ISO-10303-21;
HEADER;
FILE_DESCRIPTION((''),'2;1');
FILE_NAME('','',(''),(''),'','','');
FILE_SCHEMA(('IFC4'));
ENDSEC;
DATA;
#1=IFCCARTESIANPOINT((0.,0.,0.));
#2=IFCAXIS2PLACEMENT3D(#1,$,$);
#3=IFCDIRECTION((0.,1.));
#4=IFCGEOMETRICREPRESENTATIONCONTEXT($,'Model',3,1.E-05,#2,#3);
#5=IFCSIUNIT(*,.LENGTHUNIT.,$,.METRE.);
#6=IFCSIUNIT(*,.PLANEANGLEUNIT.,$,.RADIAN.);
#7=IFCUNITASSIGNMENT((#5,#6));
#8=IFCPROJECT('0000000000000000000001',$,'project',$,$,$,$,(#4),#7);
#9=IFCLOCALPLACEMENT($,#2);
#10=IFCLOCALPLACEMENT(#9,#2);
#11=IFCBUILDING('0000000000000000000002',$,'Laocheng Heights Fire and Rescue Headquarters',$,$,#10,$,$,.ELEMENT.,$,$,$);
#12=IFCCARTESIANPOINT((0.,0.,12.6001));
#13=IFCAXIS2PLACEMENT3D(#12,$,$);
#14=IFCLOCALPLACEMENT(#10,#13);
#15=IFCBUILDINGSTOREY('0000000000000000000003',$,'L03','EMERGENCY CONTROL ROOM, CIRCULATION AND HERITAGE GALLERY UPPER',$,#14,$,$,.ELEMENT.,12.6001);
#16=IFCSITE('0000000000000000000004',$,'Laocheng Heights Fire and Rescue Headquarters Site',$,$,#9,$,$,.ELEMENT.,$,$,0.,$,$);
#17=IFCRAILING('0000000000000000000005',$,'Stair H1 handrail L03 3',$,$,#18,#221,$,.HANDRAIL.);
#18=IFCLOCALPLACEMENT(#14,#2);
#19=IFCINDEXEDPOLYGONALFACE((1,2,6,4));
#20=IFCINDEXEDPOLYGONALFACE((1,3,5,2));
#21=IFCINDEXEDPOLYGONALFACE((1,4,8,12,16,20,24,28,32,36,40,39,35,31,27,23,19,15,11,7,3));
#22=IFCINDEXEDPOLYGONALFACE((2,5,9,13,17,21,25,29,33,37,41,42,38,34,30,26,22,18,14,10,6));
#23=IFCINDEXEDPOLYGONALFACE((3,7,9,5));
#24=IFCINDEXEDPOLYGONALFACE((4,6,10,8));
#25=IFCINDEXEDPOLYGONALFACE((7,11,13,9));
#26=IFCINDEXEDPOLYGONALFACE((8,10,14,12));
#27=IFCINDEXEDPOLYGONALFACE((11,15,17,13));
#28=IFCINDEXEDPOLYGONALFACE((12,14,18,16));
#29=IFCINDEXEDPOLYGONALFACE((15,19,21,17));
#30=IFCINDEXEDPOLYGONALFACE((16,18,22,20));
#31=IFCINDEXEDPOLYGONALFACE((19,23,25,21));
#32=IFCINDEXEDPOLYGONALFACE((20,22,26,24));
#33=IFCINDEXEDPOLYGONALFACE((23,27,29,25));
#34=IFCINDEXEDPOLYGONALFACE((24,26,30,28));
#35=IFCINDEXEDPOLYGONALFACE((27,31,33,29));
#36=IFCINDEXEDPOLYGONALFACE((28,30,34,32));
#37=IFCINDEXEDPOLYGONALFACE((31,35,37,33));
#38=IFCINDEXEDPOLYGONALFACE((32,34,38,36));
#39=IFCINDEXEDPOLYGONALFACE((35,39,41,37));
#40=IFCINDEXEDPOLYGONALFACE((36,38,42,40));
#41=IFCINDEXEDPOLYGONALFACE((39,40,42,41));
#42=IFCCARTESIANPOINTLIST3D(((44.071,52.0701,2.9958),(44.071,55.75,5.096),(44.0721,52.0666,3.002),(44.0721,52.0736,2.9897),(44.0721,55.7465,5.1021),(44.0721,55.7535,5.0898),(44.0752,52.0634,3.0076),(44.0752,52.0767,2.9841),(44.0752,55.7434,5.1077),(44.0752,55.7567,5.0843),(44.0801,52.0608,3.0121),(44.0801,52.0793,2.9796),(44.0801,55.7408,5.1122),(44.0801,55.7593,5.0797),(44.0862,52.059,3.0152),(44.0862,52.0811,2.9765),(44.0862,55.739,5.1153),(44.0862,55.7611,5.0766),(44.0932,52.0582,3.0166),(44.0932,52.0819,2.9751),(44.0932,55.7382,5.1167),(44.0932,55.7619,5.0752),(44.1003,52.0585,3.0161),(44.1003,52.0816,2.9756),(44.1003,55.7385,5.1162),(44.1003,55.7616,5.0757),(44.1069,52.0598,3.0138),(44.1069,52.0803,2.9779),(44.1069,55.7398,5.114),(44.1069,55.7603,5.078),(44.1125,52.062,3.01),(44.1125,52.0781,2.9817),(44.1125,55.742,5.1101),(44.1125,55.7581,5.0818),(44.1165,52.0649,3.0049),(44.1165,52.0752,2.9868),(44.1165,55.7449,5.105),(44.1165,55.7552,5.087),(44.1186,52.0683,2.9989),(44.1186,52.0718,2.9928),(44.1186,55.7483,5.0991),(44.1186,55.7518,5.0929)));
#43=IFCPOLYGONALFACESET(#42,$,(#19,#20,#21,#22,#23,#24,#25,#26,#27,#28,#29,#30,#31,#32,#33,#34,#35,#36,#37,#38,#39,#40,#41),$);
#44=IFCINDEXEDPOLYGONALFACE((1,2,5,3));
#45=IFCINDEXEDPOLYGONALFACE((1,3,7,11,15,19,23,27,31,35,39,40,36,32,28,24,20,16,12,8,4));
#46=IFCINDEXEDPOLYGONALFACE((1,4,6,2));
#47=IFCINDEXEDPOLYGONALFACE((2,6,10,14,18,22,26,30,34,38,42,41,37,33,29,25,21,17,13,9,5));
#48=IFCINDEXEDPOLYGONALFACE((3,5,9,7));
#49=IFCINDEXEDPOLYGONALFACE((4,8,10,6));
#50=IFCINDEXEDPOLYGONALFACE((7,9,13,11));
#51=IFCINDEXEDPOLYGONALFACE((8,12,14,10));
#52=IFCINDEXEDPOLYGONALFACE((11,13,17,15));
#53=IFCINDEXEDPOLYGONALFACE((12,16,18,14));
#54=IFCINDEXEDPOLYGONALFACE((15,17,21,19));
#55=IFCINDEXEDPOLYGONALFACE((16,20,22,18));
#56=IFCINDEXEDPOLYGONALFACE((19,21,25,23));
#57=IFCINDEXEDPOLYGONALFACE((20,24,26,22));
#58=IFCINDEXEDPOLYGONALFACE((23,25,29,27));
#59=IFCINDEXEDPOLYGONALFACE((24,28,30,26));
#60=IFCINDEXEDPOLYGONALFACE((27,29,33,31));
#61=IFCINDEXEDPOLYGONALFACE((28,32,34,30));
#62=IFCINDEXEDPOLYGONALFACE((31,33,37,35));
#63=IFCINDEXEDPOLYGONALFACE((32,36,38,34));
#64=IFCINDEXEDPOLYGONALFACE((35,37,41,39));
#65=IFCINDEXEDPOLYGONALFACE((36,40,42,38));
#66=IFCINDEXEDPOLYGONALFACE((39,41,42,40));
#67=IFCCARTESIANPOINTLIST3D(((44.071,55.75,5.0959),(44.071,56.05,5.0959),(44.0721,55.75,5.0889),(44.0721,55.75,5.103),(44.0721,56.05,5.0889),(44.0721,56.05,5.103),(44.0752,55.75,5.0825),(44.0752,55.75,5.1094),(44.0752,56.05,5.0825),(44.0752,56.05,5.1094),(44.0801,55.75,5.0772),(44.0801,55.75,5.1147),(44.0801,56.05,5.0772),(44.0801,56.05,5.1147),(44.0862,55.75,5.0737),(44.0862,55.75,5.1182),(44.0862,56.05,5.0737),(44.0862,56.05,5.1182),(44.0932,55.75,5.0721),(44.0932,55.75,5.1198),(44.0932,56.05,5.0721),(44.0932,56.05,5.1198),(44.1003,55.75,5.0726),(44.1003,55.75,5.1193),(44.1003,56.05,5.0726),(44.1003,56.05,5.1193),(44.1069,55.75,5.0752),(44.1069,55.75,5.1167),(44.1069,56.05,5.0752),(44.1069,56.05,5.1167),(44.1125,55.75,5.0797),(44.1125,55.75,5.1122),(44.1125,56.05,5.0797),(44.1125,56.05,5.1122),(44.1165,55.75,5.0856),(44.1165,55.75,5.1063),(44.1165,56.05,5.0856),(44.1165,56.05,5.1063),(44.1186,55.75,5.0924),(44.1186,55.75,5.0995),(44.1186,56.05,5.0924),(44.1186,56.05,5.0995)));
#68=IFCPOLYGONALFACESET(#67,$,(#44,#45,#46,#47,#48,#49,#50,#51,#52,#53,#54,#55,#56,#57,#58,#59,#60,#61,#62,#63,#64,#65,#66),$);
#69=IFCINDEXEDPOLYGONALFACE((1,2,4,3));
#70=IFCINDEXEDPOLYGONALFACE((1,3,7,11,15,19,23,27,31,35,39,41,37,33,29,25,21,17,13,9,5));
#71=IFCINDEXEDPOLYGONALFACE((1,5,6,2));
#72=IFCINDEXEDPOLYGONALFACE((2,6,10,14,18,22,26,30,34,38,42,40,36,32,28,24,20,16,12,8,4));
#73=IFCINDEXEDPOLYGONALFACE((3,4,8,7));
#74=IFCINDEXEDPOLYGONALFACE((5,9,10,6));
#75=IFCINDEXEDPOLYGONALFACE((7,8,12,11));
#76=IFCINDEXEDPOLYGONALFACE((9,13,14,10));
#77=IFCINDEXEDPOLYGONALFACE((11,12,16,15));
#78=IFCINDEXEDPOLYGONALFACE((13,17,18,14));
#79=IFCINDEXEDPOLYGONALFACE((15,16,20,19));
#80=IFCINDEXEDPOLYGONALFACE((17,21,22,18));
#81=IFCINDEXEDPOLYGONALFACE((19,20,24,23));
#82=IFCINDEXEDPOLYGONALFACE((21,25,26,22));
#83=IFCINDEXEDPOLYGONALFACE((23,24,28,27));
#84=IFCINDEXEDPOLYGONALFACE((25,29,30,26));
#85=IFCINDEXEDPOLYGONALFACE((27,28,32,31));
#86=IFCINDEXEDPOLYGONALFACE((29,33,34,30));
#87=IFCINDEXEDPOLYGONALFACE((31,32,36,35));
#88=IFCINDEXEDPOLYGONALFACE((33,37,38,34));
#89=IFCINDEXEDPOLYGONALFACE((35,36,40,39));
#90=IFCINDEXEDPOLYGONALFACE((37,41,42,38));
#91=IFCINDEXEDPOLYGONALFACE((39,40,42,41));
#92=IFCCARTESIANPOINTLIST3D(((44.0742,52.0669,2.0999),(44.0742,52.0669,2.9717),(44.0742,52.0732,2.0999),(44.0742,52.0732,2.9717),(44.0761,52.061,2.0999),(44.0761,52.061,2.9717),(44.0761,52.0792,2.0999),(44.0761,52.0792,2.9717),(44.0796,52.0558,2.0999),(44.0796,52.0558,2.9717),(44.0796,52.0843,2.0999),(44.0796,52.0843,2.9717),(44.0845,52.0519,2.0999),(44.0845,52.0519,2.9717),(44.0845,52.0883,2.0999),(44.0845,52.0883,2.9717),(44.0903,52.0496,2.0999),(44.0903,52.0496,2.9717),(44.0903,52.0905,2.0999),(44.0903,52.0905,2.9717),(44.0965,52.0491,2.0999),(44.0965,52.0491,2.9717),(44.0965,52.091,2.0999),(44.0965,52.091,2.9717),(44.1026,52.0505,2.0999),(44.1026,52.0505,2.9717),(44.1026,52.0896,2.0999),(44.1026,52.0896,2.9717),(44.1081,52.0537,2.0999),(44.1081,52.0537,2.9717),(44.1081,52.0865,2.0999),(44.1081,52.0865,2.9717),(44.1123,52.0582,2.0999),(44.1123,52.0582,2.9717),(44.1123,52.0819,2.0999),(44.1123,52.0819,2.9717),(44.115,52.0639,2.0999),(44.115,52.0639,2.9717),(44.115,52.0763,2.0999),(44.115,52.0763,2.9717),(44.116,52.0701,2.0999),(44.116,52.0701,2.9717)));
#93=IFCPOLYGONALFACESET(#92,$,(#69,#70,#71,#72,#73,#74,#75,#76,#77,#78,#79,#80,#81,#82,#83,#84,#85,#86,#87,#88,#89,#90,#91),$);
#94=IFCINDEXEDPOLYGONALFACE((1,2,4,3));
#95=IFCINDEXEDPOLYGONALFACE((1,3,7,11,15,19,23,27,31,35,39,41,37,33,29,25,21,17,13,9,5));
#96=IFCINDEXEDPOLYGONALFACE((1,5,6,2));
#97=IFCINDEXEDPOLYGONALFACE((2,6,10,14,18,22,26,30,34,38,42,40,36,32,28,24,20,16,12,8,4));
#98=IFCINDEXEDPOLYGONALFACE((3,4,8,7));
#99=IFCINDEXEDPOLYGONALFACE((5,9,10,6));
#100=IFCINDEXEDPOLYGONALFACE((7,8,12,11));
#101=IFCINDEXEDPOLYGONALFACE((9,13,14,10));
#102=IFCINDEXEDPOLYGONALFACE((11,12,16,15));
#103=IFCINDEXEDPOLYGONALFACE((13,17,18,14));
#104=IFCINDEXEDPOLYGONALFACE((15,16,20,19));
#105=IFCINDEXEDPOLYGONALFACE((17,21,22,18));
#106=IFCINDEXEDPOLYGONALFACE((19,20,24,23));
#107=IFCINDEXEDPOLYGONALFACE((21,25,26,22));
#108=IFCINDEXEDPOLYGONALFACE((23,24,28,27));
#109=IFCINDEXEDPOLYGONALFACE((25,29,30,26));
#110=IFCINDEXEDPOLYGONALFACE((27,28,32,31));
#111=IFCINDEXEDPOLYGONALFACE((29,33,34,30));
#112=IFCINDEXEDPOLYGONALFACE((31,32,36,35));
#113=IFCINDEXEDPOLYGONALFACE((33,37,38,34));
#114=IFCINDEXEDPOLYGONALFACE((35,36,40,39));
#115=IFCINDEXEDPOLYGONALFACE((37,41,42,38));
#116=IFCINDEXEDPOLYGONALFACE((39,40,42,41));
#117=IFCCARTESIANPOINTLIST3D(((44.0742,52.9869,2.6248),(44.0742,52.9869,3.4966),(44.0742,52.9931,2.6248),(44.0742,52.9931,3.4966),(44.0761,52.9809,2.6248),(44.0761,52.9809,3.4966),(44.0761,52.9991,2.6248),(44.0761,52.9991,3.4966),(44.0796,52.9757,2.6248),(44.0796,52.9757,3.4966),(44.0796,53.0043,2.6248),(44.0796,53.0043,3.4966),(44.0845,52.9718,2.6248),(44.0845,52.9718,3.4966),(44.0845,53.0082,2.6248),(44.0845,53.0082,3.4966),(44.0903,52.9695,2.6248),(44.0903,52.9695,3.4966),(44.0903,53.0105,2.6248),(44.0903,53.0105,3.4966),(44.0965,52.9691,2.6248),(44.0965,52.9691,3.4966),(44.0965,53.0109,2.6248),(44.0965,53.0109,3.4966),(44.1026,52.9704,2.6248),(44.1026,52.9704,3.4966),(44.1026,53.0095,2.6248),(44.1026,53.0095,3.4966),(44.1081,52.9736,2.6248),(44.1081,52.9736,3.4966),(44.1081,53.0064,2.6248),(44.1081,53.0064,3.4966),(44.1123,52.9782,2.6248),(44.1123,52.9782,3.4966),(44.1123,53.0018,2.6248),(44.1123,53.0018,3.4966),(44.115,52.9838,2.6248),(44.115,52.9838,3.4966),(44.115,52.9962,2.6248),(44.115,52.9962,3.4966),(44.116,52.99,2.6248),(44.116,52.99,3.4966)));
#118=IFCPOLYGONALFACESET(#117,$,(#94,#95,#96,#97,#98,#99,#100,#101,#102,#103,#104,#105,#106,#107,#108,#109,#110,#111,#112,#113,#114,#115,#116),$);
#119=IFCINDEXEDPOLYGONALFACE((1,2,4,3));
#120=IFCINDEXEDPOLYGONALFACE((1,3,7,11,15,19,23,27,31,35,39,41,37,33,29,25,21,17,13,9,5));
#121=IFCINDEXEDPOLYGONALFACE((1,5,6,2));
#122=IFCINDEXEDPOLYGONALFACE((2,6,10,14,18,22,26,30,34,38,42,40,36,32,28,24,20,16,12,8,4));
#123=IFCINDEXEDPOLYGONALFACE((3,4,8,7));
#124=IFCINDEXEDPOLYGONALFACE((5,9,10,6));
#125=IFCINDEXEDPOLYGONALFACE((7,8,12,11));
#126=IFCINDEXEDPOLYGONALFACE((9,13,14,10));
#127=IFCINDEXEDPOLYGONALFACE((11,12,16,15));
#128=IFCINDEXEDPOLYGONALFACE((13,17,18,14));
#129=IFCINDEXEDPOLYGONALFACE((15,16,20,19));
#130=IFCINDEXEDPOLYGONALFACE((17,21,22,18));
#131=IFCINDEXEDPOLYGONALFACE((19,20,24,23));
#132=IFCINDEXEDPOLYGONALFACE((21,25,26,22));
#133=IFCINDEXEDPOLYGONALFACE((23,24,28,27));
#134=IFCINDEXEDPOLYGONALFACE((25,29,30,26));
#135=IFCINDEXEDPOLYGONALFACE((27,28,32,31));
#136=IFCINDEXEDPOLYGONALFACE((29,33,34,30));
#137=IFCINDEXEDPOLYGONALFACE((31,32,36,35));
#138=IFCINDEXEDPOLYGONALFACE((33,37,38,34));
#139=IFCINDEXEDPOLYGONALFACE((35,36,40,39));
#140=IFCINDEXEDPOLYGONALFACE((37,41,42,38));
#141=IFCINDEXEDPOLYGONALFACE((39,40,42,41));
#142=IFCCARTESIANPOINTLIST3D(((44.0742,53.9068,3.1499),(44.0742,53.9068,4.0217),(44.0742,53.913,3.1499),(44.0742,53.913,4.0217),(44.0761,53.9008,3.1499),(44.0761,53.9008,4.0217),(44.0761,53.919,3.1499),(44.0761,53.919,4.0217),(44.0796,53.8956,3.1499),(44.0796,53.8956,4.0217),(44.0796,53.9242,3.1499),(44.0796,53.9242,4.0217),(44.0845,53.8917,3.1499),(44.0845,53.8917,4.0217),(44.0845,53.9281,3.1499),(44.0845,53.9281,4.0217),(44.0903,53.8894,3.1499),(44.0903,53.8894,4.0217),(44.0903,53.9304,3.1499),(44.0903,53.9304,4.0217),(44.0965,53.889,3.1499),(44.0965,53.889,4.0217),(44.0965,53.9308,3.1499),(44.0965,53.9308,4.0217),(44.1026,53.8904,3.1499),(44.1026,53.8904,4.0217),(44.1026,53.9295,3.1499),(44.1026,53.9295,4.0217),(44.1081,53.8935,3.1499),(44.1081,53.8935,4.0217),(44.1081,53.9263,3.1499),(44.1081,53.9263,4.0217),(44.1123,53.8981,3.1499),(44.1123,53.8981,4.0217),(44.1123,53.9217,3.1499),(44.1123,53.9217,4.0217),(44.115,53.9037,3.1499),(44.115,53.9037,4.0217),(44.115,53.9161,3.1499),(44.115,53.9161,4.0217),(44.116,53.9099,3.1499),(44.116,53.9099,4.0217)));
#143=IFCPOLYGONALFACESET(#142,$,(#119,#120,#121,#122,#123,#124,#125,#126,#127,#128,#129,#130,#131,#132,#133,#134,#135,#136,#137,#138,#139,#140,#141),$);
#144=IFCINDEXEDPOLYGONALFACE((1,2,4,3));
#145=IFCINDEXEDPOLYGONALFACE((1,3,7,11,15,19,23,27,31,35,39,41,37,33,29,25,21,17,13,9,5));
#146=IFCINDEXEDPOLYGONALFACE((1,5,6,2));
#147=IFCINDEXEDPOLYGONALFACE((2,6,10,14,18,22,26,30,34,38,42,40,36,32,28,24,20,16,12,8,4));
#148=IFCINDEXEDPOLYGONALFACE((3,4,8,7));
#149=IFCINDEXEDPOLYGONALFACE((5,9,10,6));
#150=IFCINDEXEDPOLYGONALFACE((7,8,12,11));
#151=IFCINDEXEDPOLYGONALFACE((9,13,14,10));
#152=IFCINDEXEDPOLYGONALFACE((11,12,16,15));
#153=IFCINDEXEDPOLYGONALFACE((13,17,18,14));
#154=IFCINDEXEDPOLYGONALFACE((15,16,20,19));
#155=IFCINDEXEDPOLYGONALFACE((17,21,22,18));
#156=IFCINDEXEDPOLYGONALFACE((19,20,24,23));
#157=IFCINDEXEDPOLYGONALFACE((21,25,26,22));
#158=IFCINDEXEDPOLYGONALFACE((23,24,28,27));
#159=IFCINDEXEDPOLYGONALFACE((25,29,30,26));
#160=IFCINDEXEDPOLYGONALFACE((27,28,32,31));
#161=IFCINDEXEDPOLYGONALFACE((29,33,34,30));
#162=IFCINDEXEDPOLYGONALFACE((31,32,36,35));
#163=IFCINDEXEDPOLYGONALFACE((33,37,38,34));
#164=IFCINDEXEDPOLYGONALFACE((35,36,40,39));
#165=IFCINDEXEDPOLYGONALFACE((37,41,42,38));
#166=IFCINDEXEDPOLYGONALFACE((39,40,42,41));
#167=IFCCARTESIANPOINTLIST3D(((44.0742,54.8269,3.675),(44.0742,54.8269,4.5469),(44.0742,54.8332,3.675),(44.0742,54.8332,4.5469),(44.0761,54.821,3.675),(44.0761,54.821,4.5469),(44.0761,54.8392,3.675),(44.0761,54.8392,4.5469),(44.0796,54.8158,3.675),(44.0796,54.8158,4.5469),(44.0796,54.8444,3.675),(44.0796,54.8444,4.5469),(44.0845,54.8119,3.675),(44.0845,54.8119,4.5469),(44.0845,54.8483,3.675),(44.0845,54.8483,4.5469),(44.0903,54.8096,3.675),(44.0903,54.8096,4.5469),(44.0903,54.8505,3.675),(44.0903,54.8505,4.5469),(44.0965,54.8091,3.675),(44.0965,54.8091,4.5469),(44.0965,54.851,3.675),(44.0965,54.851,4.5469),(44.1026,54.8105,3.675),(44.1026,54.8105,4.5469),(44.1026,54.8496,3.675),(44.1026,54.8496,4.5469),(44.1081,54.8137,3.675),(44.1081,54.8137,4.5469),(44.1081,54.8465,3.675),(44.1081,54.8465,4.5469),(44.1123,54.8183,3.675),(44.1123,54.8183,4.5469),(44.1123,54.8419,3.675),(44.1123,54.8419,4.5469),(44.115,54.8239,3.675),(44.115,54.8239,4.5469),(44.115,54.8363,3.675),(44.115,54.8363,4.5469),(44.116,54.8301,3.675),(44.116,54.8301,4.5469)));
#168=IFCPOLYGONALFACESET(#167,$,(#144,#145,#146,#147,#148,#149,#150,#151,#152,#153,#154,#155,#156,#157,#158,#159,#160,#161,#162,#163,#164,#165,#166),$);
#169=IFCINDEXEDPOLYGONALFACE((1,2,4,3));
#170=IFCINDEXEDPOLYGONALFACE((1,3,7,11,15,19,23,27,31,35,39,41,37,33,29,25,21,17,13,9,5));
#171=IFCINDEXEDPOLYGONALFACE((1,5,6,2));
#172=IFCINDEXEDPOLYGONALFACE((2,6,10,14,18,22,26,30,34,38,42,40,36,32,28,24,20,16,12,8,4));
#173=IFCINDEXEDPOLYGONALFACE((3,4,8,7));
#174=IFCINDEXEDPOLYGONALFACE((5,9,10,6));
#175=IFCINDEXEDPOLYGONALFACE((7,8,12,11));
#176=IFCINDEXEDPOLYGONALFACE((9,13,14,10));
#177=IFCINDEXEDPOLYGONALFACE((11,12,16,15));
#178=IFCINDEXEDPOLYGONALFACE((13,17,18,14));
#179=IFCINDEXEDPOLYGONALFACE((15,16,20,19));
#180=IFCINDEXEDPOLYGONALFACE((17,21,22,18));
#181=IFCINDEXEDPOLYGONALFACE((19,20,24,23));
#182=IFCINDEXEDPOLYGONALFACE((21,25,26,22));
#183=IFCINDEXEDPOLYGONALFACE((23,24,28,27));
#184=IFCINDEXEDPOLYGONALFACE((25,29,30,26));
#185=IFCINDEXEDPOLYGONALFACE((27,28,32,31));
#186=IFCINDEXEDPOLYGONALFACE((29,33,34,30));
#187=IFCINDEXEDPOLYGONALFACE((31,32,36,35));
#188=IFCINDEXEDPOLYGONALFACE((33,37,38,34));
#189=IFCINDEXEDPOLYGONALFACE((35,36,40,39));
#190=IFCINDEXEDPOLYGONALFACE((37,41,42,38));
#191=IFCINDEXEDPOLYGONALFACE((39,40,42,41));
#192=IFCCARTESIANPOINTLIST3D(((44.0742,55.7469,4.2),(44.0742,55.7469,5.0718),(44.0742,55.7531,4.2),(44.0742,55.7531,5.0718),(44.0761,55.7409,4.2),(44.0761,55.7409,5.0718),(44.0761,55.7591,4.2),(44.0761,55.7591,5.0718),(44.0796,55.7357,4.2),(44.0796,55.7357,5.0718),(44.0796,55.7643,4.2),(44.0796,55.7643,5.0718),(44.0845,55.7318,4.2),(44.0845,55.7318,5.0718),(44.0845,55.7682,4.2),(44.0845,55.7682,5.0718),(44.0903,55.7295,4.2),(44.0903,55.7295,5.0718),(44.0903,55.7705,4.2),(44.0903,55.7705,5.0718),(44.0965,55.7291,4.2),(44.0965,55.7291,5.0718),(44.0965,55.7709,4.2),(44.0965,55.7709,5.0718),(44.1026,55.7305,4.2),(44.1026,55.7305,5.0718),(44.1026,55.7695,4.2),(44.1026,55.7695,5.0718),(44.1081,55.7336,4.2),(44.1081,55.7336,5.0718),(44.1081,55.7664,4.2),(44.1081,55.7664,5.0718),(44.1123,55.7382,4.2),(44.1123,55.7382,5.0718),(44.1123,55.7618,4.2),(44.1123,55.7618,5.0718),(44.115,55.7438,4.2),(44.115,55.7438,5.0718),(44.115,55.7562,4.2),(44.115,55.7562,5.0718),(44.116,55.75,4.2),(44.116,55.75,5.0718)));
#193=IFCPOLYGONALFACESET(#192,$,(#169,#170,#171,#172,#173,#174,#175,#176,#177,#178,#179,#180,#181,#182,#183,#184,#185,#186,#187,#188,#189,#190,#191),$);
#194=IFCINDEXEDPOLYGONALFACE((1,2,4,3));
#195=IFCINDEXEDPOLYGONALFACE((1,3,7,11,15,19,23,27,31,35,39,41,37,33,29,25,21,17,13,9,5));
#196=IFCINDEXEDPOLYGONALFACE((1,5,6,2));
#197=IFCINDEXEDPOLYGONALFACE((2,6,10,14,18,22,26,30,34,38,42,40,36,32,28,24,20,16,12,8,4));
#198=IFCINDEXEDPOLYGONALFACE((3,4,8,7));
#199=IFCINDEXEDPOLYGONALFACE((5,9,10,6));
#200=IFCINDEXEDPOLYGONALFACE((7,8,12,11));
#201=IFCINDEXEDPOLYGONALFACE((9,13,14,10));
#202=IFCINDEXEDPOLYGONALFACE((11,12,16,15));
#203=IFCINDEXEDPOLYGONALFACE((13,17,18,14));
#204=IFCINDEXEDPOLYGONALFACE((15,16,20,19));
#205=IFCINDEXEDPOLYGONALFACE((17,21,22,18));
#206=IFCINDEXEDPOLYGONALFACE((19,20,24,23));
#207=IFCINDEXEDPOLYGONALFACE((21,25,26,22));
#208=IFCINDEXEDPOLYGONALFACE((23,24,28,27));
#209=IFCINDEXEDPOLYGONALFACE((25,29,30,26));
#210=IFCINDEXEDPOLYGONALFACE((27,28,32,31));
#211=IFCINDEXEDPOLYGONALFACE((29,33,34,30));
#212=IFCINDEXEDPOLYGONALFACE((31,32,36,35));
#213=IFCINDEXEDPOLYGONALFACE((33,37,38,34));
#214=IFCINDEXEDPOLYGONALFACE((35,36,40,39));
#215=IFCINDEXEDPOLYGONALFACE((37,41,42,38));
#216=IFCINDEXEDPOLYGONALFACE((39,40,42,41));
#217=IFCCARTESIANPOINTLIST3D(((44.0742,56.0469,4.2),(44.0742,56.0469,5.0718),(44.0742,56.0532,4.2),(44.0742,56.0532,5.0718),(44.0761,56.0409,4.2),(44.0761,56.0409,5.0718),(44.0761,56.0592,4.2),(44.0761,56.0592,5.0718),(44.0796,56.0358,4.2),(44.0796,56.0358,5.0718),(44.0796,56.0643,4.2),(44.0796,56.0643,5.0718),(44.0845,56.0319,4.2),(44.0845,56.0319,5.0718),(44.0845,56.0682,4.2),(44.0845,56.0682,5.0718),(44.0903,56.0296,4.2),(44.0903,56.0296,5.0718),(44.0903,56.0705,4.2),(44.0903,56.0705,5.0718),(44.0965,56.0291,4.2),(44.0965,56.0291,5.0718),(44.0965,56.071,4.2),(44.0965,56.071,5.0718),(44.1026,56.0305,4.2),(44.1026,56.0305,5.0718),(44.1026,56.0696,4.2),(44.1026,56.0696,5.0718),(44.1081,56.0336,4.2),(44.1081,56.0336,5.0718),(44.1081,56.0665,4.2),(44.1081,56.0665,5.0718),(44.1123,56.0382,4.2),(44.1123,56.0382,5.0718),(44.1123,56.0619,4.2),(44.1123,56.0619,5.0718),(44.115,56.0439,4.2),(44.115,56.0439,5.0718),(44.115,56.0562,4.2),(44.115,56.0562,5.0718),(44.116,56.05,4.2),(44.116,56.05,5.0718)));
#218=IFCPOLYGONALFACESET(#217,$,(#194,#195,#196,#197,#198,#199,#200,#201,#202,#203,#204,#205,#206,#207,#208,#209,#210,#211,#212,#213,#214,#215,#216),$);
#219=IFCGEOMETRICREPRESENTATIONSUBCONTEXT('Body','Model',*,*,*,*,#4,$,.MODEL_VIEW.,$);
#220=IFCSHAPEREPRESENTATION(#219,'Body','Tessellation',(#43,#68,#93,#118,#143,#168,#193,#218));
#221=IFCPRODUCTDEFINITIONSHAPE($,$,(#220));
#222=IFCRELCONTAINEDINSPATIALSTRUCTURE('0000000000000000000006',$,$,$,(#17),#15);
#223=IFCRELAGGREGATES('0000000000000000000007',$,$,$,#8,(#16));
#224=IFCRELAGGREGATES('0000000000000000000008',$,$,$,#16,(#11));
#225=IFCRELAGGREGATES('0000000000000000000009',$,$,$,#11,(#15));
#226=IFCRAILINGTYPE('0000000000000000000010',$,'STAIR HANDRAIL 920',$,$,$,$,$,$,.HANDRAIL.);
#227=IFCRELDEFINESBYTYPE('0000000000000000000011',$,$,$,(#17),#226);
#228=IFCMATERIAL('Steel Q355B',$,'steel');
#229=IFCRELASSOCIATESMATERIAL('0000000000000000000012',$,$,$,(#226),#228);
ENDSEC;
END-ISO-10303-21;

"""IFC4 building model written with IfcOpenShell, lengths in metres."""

from ifc_helpers import new_model, si_unit, direction, frame, origin, origin_2d, place, context, subcontext, project, spatial, circle, extrude, material, type_object, element, save


model = new_model("IFC4")

# Units and contexts
model_context = context("Model", 3, precision=1e-05, world=origin(), true_north=direction((0.0, 1.0)))
body_context = subcontext(model_context, "Body", "Model", "MODEL_VIEW")
ifc_project = project(units=[si_unit("LENGTHUNIT", "METRE"), si_unit("PLANEANGLEUNIT", "RADIAN")], contexts=[model_context])

# Site, building, storey
site_placement = place(None, origin())
site = spatial("IfcSite", under=ifc_project, at=site_placement, Name="Laocheng Heights Fire and Rescue Headquarters Site", CompositionType="ELEMENT", RefElevation=0.0)
building_placement = place(site_placement, origin())
building = spatial("IfcBuilding", under=site, at=building_placement, Name="Laocheng Heights Fire and Rescue Headquarters", CompositionType="ELEMENT")
storey_placement = place(building_placement, frame((0.0, 0.0, 12.6001)))
storey = spatial("IfcBuildingStorey", under=building, at=storey_placement, Name="L03", Description="EMERGENCY CONTROL ROOM, CIRCULATION AND HERITAGE GALLERY UPPER", CompositionType="ELEMENT", Elevation=12.6001)

# Railing
ifc_material_1 = material(Name="Steel Q355B", Category="steel")
railing_type_1 = type_object("IfcRailingType", Name="STAIR HANDRAIL 920", PredefinedType="HANDRAIL", material=ifc_material_1)
railing_1_placement = place(storey_placement, frame((44.095, 52.0701, 2.0999)))
element("IfcRailing", 1, at=railing_1_placement, inside=storey, type_object=railing_type_1, Name="Stair H1 handrail L03 3", PredefinedType="HANDRAIL", context=body_context, shape_type="SweptSolid", body=[
    extrude(circle(Radius=0.0239, at=origin_2d()), frame((0.0, 0.0, 0.896), z_axis=(0.0, 0.86852, 0.495655), x_axis=(-1.0, 0.0, 0.0)), (0.0, 0.0, 1.0), 4.2371),
    extrude(circle(Radius=0.0239, at=origin_2d()), frame((0.0, 3.6799, 2.9961), z_axis=(0.0, 1.0, 0.0), x_axis=(-1.0, 0.0, 0.0)), (0.0, 0.0, 1.0), 0.3),
    extrude(circle(Radius=0.021, at=origin_2d()), origin(), (0.0, 0.0, 1.0), 0.8718),
    extrude(circle(Radius=0.021, at=origin_2d()), frame((0.0, 0.9199, 0.5249)), (0.0, 0.0, 1.0), 0.8718),
    extrude(circle(Radius=0.021, at=origin_2d()), frame((0.0, 1.8398, 1.05)), (0.0, 0.0, 1.0), 0.8718),
    extrude(circle(Radius=0.021, at=origin_2d()), frame((0.0, 2.76, 1.5752)), (0.0, 0.0, 1.0), 0.8718),
    extrude(circle(Radius=0.021, at=origin_2d()), frame((0.0, 3.6799, 2.1001)), (0.0, 0.0, 1.0), 0.8718),
    extrude(circle(Radius=0.021, at=origin_2d()), frame((0.0, 3.98, 2.1001)), (0.0, 0.0, 1.0), 0.8718),
])

save(model, "model.ifc")
